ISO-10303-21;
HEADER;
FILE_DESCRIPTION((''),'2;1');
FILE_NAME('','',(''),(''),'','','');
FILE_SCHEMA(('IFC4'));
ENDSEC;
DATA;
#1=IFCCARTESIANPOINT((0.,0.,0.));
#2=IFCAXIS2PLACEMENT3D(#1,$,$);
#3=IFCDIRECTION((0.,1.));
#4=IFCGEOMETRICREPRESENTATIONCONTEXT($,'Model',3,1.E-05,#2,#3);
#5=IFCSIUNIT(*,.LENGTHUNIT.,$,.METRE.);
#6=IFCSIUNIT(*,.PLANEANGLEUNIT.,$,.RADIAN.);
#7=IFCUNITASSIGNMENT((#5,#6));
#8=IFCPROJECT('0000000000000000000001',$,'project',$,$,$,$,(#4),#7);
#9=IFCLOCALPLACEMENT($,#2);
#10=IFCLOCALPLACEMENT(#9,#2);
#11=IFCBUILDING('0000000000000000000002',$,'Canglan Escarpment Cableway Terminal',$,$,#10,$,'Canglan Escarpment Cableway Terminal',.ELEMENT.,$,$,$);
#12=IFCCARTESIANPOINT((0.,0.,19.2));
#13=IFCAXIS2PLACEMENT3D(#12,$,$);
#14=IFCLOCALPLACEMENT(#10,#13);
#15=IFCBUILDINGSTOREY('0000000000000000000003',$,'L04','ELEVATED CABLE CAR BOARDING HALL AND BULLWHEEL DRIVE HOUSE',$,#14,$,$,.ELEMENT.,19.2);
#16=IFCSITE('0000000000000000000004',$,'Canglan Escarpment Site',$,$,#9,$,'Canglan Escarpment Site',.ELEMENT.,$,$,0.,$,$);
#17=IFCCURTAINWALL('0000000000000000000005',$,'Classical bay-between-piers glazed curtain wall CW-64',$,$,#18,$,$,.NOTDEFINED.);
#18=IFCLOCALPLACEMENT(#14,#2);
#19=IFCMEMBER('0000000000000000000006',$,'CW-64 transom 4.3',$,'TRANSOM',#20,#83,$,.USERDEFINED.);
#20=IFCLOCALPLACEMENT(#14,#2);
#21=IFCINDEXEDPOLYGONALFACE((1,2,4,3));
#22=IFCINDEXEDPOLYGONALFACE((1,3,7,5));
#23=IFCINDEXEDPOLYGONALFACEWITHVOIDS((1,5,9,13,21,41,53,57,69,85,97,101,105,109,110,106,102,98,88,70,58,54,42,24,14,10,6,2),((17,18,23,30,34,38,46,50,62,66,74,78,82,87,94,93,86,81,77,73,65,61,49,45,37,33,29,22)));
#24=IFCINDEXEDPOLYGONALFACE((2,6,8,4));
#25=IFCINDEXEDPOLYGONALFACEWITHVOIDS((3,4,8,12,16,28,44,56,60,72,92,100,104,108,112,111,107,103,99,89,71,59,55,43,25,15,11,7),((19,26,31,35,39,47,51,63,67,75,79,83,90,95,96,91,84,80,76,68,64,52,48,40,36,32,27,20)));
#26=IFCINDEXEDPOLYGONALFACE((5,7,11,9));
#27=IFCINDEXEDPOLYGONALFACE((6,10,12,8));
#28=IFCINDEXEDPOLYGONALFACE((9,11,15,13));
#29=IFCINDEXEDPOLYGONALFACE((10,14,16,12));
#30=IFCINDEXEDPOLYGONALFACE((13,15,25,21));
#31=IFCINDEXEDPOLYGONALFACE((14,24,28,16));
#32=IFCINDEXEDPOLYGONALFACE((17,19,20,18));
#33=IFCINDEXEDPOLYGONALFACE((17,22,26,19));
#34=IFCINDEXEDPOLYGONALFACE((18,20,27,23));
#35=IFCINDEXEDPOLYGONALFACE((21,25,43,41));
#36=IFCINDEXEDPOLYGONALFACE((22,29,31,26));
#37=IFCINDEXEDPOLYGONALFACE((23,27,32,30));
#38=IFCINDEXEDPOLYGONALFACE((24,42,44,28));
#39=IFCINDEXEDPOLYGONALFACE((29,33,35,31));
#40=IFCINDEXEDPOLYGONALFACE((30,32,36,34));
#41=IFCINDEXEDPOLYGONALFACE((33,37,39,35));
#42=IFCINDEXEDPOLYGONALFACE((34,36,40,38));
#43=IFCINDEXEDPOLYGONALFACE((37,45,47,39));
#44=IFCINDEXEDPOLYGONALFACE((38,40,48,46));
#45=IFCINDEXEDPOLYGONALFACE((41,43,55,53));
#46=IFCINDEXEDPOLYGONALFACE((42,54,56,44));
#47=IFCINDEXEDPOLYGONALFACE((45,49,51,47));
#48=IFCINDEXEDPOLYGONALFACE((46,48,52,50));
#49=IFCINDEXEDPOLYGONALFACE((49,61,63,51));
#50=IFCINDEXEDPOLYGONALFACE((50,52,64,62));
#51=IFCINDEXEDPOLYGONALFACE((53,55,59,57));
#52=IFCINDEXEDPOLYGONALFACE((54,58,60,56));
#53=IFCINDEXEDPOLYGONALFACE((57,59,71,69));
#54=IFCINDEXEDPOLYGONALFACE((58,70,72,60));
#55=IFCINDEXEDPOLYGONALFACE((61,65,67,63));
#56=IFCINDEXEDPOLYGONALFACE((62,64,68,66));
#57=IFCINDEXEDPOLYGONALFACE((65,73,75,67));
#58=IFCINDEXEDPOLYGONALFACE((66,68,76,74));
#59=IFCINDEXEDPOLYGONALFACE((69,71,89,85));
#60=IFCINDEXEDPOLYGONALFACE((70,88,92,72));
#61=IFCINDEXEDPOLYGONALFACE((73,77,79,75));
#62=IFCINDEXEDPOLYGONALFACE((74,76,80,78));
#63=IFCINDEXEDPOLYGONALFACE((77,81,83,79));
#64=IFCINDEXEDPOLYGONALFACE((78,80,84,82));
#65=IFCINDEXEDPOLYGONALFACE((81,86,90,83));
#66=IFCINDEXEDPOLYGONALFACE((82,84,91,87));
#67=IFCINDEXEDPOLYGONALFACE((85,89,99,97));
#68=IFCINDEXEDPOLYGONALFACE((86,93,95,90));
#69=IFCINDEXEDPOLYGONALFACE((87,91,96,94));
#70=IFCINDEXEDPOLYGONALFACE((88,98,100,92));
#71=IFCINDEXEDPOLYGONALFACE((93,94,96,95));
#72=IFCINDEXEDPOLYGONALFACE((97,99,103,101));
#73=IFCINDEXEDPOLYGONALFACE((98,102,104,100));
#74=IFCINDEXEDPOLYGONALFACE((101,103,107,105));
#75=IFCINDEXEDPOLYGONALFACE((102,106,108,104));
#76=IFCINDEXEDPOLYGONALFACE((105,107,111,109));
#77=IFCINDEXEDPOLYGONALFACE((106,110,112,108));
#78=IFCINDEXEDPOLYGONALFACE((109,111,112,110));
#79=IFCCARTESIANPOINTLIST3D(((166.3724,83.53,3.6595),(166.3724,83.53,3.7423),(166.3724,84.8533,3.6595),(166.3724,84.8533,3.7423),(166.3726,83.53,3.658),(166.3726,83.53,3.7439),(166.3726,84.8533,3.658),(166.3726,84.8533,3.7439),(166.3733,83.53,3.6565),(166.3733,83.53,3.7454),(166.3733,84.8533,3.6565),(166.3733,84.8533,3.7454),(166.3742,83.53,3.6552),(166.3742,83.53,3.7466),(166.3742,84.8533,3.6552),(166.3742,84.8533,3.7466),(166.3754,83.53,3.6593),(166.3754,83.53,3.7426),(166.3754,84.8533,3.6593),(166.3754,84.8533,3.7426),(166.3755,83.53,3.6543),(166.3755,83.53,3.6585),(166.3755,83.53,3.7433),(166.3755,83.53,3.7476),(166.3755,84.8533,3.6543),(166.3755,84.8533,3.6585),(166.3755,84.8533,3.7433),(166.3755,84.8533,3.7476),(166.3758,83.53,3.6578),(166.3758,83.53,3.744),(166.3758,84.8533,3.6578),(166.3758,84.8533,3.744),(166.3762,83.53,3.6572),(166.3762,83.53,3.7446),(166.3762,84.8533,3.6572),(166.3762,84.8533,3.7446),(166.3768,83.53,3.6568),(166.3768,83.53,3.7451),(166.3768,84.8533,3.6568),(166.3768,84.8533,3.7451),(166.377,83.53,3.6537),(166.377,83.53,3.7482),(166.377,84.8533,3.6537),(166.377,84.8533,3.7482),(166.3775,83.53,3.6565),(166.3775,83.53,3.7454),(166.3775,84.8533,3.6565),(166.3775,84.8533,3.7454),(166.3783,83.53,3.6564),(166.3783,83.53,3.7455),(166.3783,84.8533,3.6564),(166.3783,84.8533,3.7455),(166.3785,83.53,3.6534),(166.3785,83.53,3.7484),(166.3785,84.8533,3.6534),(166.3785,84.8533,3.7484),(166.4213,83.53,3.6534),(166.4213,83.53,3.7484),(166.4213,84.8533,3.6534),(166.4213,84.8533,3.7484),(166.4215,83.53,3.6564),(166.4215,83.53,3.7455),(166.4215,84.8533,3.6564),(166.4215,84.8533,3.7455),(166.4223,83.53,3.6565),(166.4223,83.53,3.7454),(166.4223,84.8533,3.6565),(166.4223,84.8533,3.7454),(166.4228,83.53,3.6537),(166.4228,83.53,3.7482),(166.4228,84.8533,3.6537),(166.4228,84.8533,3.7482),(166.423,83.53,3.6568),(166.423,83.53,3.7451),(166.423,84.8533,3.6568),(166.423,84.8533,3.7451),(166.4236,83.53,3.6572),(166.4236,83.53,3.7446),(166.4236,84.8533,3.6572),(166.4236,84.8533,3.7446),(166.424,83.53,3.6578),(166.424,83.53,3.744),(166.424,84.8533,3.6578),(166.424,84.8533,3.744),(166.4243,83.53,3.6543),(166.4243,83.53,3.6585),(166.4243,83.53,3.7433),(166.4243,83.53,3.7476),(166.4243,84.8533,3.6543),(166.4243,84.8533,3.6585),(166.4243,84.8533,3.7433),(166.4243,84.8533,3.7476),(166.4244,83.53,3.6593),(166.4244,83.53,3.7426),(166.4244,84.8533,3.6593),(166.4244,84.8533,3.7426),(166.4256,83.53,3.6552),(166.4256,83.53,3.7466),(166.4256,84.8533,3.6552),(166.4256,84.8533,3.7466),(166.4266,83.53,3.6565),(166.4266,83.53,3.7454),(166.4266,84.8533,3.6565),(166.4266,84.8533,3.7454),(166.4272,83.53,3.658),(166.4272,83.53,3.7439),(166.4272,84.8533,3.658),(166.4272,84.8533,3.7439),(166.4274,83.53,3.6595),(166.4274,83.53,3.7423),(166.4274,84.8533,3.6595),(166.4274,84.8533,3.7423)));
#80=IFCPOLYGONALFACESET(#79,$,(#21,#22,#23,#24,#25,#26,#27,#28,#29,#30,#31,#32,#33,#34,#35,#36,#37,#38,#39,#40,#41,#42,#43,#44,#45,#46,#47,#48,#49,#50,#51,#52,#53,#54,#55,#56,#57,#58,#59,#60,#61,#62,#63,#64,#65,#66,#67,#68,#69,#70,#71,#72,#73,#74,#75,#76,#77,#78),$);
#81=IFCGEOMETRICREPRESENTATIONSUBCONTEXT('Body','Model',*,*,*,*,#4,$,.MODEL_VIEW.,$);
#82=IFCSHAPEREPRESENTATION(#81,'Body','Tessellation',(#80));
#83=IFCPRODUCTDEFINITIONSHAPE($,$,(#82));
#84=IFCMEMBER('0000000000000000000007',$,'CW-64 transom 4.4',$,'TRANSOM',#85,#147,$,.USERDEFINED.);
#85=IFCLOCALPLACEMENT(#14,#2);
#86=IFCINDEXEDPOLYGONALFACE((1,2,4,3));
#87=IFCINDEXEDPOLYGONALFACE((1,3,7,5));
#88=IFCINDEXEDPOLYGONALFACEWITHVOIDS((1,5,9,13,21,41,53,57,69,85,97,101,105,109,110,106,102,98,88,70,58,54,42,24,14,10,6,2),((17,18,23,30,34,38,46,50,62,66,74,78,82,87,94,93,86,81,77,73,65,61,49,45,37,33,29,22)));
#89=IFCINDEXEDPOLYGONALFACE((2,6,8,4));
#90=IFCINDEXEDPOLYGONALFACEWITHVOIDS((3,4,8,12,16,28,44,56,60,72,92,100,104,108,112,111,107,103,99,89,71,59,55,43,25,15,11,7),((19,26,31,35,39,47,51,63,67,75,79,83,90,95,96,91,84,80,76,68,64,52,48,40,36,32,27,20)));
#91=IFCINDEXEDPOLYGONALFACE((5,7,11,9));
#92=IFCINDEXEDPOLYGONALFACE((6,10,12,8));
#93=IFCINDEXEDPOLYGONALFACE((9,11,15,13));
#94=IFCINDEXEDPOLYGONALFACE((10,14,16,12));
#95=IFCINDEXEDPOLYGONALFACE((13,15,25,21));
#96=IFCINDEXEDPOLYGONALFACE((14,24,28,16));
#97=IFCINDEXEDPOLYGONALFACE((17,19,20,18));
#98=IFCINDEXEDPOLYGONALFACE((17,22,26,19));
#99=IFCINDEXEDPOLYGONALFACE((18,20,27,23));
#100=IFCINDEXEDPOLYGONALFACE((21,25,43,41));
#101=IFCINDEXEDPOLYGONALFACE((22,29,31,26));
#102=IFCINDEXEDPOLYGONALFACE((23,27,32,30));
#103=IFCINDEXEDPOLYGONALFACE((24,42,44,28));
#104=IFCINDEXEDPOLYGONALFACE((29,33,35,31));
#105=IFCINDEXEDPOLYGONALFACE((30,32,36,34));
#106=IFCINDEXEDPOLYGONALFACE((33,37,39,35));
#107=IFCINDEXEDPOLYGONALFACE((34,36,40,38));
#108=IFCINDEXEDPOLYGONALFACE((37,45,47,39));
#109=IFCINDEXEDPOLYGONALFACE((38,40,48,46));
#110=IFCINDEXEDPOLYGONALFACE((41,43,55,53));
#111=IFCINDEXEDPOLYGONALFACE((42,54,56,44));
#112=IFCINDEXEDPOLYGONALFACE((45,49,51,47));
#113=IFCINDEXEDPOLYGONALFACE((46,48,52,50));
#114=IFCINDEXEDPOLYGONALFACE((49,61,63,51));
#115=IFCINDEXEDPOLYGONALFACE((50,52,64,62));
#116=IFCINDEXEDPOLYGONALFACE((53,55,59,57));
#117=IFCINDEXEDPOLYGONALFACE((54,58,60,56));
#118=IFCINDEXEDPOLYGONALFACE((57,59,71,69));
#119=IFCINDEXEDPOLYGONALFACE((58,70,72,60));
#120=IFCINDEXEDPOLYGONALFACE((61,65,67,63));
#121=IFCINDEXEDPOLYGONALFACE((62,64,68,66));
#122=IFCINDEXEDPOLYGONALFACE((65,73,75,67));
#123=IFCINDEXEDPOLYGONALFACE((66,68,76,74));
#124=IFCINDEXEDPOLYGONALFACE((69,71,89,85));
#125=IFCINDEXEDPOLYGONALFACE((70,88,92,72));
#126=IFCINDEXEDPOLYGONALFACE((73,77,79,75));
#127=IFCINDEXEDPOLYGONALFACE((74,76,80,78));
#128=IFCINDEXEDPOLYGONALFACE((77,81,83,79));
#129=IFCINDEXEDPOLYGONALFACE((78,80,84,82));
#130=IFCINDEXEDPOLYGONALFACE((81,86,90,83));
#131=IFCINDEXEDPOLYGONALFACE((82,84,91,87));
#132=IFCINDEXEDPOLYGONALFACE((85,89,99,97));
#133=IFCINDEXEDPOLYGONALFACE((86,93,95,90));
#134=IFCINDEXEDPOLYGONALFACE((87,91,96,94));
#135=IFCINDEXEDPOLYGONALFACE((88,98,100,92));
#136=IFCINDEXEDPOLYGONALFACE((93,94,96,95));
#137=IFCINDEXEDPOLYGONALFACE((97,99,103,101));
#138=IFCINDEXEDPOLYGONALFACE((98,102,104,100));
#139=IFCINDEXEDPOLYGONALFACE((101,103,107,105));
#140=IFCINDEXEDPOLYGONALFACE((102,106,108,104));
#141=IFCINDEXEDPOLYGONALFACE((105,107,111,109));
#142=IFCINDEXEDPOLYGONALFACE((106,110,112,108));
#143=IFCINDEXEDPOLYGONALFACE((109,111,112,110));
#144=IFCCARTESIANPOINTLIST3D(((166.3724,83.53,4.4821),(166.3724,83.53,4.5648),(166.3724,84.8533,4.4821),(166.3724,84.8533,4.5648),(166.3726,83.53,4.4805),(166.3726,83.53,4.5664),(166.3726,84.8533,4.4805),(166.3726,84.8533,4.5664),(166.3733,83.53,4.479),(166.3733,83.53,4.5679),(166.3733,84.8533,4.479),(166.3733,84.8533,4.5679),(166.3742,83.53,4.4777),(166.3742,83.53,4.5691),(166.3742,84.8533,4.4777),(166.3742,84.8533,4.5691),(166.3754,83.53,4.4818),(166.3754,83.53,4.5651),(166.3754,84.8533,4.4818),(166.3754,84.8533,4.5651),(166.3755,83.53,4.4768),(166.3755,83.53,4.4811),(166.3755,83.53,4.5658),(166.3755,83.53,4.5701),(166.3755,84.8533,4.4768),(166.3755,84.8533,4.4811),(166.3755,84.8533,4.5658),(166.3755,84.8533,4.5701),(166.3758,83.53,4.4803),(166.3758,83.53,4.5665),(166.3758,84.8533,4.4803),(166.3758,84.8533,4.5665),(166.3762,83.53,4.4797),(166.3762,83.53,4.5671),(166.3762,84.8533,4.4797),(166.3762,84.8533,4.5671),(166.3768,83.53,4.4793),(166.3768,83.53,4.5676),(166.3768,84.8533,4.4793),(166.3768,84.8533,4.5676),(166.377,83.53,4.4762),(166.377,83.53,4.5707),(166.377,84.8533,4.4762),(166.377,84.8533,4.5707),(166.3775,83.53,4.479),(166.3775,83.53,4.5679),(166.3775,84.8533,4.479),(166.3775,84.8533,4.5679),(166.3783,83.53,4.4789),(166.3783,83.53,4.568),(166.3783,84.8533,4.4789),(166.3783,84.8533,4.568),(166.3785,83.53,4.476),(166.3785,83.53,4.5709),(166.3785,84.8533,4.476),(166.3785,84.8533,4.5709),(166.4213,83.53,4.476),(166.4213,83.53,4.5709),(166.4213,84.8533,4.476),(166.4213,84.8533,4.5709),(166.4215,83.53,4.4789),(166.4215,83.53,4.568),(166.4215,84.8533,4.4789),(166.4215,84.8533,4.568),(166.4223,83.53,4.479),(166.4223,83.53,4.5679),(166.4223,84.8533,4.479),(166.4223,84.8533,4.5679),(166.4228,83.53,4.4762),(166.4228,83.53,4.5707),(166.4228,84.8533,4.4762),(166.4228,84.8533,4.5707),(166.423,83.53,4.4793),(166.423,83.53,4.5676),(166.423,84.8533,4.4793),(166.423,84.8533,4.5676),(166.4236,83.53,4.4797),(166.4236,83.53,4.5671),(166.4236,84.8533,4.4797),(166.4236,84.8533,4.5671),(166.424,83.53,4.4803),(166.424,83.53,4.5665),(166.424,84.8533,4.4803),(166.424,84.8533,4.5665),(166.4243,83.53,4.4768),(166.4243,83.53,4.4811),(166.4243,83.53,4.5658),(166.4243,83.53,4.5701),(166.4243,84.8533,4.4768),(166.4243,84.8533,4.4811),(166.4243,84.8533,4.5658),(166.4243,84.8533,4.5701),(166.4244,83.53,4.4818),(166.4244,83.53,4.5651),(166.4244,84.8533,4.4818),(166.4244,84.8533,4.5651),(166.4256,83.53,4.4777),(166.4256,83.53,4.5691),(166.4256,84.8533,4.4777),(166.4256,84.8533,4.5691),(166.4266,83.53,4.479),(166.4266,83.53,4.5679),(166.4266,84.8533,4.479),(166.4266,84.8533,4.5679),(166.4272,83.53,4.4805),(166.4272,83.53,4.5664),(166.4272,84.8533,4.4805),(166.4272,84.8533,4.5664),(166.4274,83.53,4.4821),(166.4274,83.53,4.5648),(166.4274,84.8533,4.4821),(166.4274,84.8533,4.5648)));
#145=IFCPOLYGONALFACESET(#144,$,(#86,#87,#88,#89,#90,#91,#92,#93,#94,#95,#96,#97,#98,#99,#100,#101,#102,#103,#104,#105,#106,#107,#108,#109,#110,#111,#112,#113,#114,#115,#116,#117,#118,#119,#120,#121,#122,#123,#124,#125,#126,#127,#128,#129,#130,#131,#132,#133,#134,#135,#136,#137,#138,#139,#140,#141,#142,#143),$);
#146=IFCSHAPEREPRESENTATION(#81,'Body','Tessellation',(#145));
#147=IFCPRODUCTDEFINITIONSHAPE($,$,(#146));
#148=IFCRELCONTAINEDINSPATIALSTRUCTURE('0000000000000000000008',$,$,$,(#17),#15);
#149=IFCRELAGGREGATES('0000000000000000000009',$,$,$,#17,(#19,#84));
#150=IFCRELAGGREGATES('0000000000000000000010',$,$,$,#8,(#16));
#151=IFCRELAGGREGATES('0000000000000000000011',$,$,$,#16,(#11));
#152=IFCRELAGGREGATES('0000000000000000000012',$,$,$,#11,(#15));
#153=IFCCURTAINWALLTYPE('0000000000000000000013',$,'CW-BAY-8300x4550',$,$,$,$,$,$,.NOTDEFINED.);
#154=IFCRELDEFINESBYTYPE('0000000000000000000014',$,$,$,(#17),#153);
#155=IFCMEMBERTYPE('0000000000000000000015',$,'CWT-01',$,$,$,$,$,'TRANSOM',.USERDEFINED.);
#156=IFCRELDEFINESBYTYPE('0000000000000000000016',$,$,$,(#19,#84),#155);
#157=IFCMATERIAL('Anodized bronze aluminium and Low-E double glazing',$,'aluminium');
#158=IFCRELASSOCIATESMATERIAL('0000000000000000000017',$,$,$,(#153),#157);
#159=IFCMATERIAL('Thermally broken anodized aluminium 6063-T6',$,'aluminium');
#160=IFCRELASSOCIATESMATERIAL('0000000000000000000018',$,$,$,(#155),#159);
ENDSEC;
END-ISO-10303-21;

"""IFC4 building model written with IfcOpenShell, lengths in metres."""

from ifc_helpers import new_model, si_unit, direction, frame, origin, origin_2d, place, context, subcontext, project, spatial, hollow_rectangle, extrude, material, material_profile, profile_set, type_object, element, aggregate, save


model = new_model("IFC4")

# Units and contexts
model_context = context("Model", 3, precision=1e-05, world=origin(), true_north=direction((0.0, 1.0)))
body_context = subcontext(model_context, "Body", "Model", "MODEL_VIEW")
ifc_project = project(units=[si_unit("LENGTHUNIT", "METRE"), si_unit("PLANEANGLEUNIT", "RADIAN")], contexts=[model_context])

# Site, building, storey
site_placement = place(None, origin())
site = spatial("IfcSite", under=ifc_project, at=site_placement, Name="Canglan Escarpment Site", LongName="Canglan Escarpment Site", CompositionType="ELEMENT", RefElevation=0.0)
building_placement = place(site_placement, origin())
building = spatial("IfcBuilding", under=site, at=building_placement, Name="Canglan Escarpment Cableway Terminal", LongName="Canglan Escarpment Cableway Terminal", CompositionType="ELEMENT")
storey_placement = place(building_placement, frame((0.0, 0.0, 19.2)))
storey = spatial("IfcBuildingStorey", under=building, at=storey_placement, Name="L04", Description="ELEVATED CABLE CAR BOARDING HALL AND BULLWHEEL DRIVE HOUSE", CompositionType="ELEMENT", Elevation=19.2)

# Curtain wall, members
ifc_material_1 = material(Name="Anodized bronze aluminium and Low-E double glazing", Category="aluminium")
curtain_wall_type = type_object("IfcCurtainWallType", Name="CW-BAY-8300x4550", PredefinedType="NOTDEFINED", material=ifc_material_1)
curtain_wall_placement = place(storey_placement, origin())
curtain_wall = element("IfcCurtainWall", 1, at=curtain_wall_placement, inside=storey, type_object=curtain_wall_type, Name="Classical bay-between-piers glazed curtain wall CW-64", PredefinedType="NOTDEFINED")
ifc_material_2 = material(Name="Thermally broken anodized aluminium 6063-T6", Category="aluminium")
ifc_material_profile_1 = material_profile(ifc_material_2, hollow_rectangle(XDim=0.0549, YDim=0.095, WallThickness=0.0029, InnerFilletRadius=0.0029, OuterFilletRadius=0.0061, at=origin_2d()), Name="ALU-TRAN 55x95x3")
ifc_profile_set_1 = profile_set([ifc_material_profile_1], Name="Thermally broken anodized aluminium 6063-T6")
member_type_1 = type_object("IfcMemberType", Name="CWT-01", ElementType="TRANSOM", PredefinedType="USERDEFINED", material=ifc_profile_set_1)
member_1_placement = place(storey_placement, frame((166.3999, 83.53, 3.7009), z_axis=(0.0, 1.0, 0.0), x_axis=(-1.0, 0.0, 0.0)))
member_1 = element("IfcMember", 2, at=member_1_placement, type_object=member_type_1, Name="CW-64 transom 4.3", ObjectType="TRANSOM", PredefinedType="USERDEFINED", context=body_context, shape_type="SweptSolid", body=[
    extrude(hollow_rectangle(XDim=0.0549, YDim=0.095, WallThickness=0.0029, InnerFilletRadius=0.0029, OuterFilletRadius=0.0061, at=origin_2d()), origin(), (0.0, 0.0, 1.0), 1.3232),
])
member_2_placement = place(storey_placement, frame((166.3999, 83.53, 4.5234), z_axis=(0.0, 1.0, 0.0), x_axis=(-1.0, 0.0, 0.0)))
member_2 = element("IfcMember", 3, at=member_2_placement, type_object=member_type_1, Name="CW-64 transom 4.4", ObjectType="TRANSOM", PredefinedType="USERDEFINED", context=body_context, shape_type="SweptSolid", body=[
    extrude(hollow_rectangle(XDim=0.0549, YDim=0.095, WallThickness=0.0029, InnerFilletRadius=0.0029, OuterFilletRadius=0.0061, at=origin_2d()), origin(), (0.0, 0.0, 1.0), 1.3232),
])
aggregate(curtain_wall, [member_1, member_2])

save(model, "model.ifc")
